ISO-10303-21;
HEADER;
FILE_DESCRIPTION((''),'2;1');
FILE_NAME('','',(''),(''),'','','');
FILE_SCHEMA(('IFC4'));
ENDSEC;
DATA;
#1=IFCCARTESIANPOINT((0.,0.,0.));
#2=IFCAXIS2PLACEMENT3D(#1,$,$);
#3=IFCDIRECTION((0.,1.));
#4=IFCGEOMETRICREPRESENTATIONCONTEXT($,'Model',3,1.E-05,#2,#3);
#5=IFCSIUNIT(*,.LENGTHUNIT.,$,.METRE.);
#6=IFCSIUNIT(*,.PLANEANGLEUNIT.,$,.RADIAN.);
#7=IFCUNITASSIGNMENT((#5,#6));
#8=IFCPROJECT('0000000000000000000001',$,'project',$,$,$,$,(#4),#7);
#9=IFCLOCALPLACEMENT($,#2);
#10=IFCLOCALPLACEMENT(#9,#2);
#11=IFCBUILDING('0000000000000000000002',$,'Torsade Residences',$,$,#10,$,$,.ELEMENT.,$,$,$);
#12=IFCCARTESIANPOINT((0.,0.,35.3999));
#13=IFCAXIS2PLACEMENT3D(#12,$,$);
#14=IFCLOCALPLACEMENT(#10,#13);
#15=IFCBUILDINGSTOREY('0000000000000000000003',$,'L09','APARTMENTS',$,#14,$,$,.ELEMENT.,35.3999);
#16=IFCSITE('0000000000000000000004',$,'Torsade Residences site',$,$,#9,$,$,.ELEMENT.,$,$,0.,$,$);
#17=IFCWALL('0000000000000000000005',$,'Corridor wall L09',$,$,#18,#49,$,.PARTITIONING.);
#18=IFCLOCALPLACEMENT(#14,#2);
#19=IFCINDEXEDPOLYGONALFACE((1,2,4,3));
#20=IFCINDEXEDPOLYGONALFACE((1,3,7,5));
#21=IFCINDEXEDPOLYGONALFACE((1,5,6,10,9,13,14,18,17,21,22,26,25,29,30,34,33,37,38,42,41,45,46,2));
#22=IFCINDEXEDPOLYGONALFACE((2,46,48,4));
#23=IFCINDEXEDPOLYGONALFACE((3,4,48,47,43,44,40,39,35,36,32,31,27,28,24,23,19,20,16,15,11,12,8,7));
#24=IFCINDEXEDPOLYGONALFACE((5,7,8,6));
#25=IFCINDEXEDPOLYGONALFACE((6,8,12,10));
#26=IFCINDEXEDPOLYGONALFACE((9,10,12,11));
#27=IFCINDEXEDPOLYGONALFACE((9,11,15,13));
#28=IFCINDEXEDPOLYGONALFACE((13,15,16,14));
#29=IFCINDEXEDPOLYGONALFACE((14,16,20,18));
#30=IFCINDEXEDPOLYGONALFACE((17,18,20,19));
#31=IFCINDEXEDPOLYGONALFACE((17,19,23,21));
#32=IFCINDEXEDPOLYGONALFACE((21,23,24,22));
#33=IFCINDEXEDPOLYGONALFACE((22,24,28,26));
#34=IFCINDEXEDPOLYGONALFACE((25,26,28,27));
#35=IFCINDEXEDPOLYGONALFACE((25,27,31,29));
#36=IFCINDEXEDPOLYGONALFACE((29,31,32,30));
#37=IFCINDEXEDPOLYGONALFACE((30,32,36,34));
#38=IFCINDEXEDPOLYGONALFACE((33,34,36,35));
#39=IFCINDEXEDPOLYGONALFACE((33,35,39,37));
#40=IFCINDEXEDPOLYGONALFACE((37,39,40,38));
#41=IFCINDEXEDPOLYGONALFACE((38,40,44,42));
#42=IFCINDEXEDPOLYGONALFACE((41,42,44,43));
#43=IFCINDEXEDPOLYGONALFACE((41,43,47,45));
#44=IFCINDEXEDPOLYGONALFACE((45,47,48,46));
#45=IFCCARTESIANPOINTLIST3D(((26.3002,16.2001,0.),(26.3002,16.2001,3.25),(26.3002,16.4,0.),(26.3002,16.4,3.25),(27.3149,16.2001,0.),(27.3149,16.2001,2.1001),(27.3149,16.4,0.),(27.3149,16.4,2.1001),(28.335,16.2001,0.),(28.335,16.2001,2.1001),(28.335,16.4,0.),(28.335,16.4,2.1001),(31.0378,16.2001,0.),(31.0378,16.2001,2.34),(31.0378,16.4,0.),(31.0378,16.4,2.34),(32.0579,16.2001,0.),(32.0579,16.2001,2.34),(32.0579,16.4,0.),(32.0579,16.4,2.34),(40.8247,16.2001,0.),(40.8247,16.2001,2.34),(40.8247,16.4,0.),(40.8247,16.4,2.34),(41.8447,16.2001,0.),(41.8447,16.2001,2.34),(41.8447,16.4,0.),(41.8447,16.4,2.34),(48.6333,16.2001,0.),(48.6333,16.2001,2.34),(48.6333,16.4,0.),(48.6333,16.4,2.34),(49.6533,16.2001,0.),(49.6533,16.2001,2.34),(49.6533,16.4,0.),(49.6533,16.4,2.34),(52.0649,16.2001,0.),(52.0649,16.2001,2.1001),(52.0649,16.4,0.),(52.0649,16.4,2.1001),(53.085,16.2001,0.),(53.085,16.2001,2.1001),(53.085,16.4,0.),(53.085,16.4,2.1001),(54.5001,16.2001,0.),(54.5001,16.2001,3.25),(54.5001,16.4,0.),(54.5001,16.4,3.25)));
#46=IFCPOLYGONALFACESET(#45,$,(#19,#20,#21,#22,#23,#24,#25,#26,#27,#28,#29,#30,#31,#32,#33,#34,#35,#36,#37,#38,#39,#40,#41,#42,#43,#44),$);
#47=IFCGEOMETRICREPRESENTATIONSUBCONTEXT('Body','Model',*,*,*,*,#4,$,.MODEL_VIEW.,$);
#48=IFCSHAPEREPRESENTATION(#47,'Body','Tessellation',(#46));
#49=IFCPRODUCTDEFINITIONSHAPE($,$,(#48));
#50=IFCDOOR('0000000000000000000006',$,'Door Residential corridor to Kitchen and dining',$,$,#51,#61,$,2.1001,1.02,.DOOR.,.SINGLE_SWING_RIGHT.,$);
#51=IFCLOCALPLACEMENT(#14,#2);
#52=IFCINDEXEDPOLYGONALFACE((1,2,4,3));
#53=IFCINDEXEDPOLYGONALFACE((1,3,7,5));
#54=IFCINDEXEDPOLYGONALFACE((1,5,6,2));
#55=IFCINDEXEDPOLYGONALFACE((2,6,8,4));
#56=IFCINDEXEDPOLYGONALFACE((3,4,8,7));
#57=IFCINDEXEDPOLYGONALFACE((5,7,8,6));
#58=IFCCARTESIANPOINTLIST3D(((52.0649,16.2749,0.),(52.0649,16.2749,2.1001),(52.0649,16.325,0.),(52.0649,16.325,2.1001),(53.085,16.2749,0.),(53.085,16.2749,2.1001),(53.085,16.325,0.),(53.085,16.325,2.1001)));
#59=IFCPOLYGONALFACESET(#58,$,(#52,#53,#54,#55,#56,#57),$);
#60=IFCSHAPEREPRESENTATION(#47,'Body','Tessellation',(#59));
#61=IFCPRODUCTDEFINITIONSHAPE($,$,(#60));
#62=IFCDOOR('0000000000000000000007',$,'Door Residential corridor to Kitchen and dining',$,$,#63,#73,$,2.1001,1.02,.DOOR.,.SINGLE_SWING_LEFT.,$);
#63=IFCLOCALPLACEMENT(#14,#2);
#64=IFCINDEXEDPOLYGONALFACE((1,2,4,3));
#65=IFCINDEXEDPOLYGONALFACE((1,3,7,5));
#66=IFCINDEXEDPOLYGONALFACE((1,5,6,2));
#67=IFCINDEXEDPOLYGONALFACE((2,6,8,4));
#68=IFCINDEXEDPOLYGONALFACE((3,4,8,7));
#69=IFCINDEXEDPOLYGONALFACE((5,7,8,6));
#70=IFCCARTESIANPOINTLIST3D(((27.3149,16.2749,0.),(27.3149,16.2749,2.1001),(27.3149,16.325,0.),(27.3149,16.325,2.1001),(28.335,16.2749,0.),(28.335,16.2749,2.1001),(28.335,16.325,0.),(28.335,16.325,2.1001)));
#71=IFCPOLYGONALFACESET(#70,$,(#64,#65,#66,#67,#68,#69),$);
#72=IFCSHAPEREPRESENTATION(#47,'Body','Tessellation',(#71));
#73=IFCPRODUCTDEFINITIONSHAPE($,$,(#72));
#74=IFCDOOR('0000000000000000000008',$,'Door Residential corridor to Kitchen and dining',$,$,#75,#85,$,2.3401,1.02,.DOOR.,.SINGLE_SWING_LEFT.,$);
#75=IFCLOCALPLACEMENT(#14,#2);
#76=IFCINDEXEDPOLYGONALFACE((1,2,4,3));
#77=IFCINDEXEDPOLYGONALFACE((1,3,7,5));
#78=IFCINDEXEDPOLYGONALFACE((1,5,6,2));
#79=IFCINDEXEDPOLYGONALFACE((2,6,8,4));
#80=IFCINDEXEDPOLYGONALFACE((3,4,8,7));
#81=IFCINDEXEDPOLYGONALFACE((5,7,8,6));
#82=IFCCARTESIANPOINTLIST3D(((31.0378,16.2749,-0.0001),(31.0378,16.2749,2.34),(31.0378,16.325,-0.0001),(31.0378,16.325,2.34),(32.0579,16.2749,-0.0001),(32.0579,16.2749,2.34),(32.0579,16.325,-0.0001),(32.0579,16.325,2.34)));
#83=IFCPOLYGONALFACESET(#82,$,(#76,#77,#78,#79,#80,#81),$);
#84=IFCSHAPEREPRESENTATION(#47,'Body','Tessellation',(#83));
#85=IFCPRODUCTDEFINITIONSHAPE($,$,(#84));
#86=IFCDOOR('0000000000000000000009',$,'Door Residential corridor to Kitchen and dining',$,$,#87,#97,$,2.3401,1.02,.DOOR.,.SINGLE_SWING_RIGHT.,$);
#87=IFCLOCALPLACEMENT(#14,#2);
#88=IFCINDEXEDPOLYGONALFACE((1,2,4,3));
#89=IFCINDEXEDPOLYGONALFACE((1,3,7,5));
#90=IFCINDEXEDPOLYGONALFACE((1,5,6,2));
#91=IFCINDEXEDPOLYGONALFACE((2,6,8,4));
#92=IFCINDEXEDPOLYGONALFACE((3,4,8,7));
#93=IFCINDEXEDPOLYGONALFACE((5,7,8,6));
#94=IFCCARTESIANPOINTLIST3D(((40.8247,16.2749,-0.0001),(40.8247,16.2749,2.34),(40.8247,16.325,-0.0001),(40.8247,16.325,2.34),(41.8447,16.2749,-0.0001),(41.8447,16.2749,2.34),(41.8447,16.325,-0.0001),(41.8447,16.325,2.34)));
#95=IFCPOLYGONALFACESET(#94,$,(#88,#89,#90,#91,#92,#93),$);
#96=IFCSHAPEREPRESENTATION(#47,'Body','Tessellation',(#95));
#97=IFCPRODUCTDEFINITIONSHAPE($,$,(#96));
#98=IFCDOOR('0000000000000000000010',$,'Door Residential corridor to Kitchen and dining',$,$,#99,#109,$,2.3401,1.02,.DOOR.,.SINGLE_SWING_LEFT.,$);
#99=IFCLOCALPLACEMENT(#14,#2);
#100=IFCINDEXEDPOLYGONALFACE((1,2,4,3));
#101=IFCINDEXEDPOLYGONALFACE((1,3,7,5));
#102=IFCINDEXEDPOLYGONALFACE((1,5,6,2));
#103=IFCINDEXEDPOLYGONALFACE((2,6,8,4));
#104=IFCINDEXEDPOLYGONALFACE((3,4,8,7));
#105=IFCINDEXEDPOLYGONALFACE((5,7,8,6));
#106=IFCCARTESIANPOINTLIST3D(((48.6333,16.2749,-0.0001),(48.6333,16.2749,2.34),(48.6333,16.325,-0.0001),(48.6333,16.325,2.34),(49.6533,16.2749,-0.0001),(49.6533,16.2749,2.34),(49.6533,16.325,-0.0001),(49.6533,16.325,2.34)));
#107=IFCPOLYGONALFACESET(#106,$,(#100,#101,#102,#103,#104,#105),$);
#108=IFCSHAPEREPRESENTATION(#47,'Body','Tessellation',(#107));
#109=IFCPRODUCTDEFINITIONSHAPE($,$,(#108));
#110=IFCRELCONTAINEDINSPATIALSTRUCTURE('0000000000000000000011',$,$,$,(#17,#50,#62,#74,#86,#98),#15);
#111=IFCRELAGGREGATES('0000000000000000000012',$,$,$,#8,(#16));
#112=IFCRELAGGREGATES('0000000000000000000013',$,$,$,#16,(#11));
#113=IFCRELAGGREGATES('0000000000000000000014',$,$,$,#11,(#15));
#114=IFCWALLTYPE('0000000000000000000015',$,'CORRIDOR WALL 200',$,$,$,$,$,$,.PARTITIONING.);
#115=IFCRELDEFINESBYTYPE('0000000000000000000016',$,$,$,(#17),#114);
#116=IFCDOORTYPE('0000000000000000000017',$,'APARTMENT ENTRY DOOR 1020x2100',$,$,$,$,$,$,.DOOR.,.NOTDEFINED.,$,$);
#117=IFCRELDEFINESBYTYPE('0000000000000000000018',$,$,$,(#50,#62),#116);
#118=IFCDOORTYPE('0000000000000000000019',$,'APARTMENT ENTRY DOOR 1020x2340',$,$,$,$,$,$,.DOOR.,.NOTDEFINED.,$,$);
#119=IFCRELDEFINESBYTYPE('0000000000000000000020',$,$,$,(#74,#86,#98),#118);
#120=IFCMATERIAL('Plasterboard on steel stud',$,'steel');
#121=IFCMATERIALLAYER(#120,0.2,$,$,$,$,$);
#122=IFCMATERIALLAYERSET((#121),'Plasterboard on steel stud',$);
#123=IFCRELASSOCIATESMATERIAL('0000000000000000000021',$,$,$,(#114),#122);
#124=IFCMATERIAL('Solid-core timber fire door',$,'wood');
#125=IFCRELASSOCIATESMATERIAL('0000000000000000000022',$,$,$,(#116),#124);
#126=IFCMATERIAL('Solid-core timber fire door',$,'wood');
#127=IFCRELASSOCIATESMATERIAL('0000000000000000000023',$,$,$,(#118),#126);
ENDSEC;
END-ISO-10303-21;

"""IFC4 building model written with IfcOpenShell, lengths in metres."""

from ifc_helpers import new_model, si_unit, direction, frame, frame_2d, origin, place, context, subcontext, project, spatial, rectangle, extrude, material, layer, layer_set, type_object, element, fill, save


model = new_model("IFC4")

# Units and contexts
model_context = context("Model", 3, precision=1e-05, world=origin(), true_north=direction((0.0, 1.0)))
body_context = subcontext(model_context, "Body", "Model", "MODEL_VIEW")
ifc_project = project(units=[si_unit("LENGTHUNIT", "METRE"), si_unit("PLANEANGLEUNIT", "RADIAN")], contexts=[model_context])

# Site, building, storey
site_placement = place(None, origin())
site = spatial("IfcSite", under=ifc_project, at=site_placement, Name="Torsade Residences site", CompositionType="ELEMENT", RefElevation=0.0)
building_placement = place(site_placement, origin())
building = spatial("IfcBuilding", under=site, at=building_placement, Name="Torsade Residences", CompositionType="ELEMENT")
storey_placement = place(building_placement, frame((0.0, 0.0, 35.3999)))
storey = spatial("IfcBuildingStorey", under=building, at=storey_placement, Name="L09", Description="APARTMENTS", CompositionType="ELEMENT", Elevation=35.3999)

# Wall, openings, doors
ifc_material_1 = material(Name="Plasterboard on steel stud", Category="steel")
ifc_layer_1 = layer(ifc_material_1, 0.2)
ifc_layer_set_1 = layer_set([ifc_layer_1], Name="Plasterboard on steel stud")
wall_type_1 = type_object("IfcWallType", Name="CORRIDOR WALL 200", PredefinedType="PARTITIONING", material=ifc_layer_set_1)
wall_1_placement = place(storey_placement, frame((26.3, 16.3, 0.0), z_axis=(0.0, 0.0, 1.0), x_axis=(1.0, 0.0, 0.0)))
wall_1 = element("IfcWall", 1, at=wall_1_placement, inside=storey, type_object=wall_type_1, Name="Corridor wall L09", PredefinedType="PARTITIONING", context=body_context, shape_type="SweptSolid", body=[
    extrude(rectangle(XDim=28.2, YDim=0.2, at=frame_2d((14.1001, 0.0))), origin(), (0.0, 0.0, 1.0), 3.25),
])
opening_1_placement = place(wall_1_placement, frame((4.7378, 0.0, 0.0)))
opening_1 = element("IfcOpeningElement", 2, at=opening_1_placement, cuts=wall_1, PredefinedType="OPENING", context=body_context, shape_type="SweptSolid", body=[
    extrude(rectangle(XDim=1.02, YDim=2.3401, at=frame_2d((0.51, 1.1699))), frame((0.0, 0.1099, 0.0), z_axis=(0.0, -1.0, 0.0), x_axis=(1.0, 0.0, 0.0)), (0.0, 0.0, 1.0), 0.22),
])
opening_2_placement = place(wall_1_placement, frame((14.5247, 0.0, 0.0)))
opening_2 = element("IfcOpeningElement", 3, at=opening_2_placement, cuts=wall_1, PredefinedType="OPENING", context=body_context, shape_type="SweptSolid", body=[
    extrude(rectangle(XDim=1.02, YDim=2.3401, at=frame_2d((0.51, 1.1699))), frame((0.0, 0.1099, 0.0), z_axis=(0.0, -1.0, 0.0), x_axis=(1.0, 0.0, 0.0)), (0.0, 0.0, 1.0), 0.22),
])
opening_3_placement = place(wall_1_placement, frame((22.3333, 0.0, 0.0)))
opening_3 = element("IfcOpeningElement", 4, at=opening_3_placement, cuts=wall_1, PredefinedType="OPENING", context=body_context, shape_type="SweptSolid", body=[
    extrude(rectangle(XDim=1.02, YDim=2.3401, at=frame_2d((0.51, 1.1699))), frame((0.0, 0.1099, 0.0), z_axis=(0.0, -1.0, 0.0), x_axis=(1.0, 0.0, 0.0)), (0.0, 0.0, 1.0), 0.22),
])
opening_4_placement = place(wall_1_placement, frame((25.7649, 0.0, 0.0)))
opening_4 = element("IfcOpeningElement", 5, at=opening_4_placement, cuts=wall_1, PredefinedType="OPENING", context=body_context, shape_type="SweptSolid", body=[
    extrude(rectangle(XDim=1.02, YDim=2.1001, at=frame_2d((0.51, 1.05))), frame((0.0, 0.1099, 0.0), z_axis=(0.0, -1.0, 0.0), x_axis=(1.0, 0.0, 0.0)), (0.0, 0.0, 1.0), 0.22),
])
opening_5_placement = place(wall_1_placement, frame((1.0149, 0.0, 0.0)))
opening_5 = element("IfcOpeningElement", 6, at=opening_5_placement, cuts=wall_1, PredefinedType="OPENING", context=body_context, shape_type="SweptSolid", body=[
    extrude(rectangle(XDim=1.02, YDim=2.1001, at=frame_2d((0.51, 1.05))), frame((0.0, 0.1099, 0.0), z_axis=(0.0, -1.0, 0.0), x_axis=(1.0, 0.0, 0.0)), (0.0, 0.0, 1.0), 0.22),
])
ifc_material_2 = material(Name="Solid-core timber fire door", Category="wood")
door_type_1 = type_object("IfcDoorType", Name="APARTMENT ENTRY DOOR 1020x2100", OperationType="NOTDEFINED", PredefinedType="DOOR", material=ifc_material_2)
door_1_placement = place(opening_4_placement, origin())
door_1 = element("IfcDoor", 7, at=door_1_placement, inside=storey, type_object=door_type_1, Name="Door Residential corridor to Kitchen and dining", OperationType="SINGLE_SWING_RIGHT", OverallHeight=2.1001, OverallWidth=1.02, PredefinedType="DOOR", context=body_context, shape_type="SweptSolid", body=[
    extrude(rectangle(XDim=1.02, YDim=2.1001, at=frame_2d((0.51, 1.05))), frame((0.0, 0.0249, 0.0), z_axis=(0.0, -1.0, 0.0), x_axis=(1.0, 0.0, 0.0)), (0.0, 0.0, 1.0), 0.05),
])
fill(opening_4, door_1)
door_2_placement = place(opening_5_placement, origin())
door_2 = element("IfcDoor", 8, at=door_2_placement, inside=storey, type_object=door_type_1, Name="Door Residential corridor to Kitchen and dining", OperationType="SINGLE_SWING_LEFT", OverallHeight=2.1001, OverallWidth=1.02, PredefinedType="DOOR", context=body_context, shape_type="SweptSolid", body=[
    extrude(rectangle(XDim=1.02, YDim=2.1001, at=frame_2d((0.51, 1.05))), frame((0.0, 0.0249, 0.0), z_axis=(0.0, -1.0, 0.0), x_axis=(1.0, 0.0, 0.0)), (0.0, 0.0, 1.0), 0.05),
])
fill(opening_5, door_2)
ifc_material_3 = material(Name="Solid-core timber fire door", Category="wood")
door_type_2 = type_object("IfcDoorType", Name="APARTMENT ENTRY DOOR 1020x2340", OperationType="NOTDEFINED", PredefinedType="DOOR", material=ifc_material_3)
door_3_placement = place(opening_1_placement, origin())
door_3 = element("IfcDoor", 9, at=door_3_placement, inside=storey, type_object=door_type_2, Name="Door Residential corridor to Kitchen and dining", OperationType="SINGLE_SWING_LEFT", OverallHeight=2.3401, OverallWidth=1.02, PredefinedType="DOOR", context=body_context, shape_type="SweptSolid", body=[
    extrude(rectangle(XDim=1.02, YDim=2.3401, at=frame_2d((0.51, 1.1699))), frame((0.0, 0.0249, 0.0), z_axis=(0.0, -1.0, 0.0), x_axis=(1.0, 0.0, 0.0)), (0.0, 0.0, 1.0), 0.05),
])
fill(opening_1, door_3)
door_4_placement = place(opening_2_placement, origin())
door_4 = element("IfcDoor", 10, at=door_4_placement, inside=storey, type_object=door_type_2, Name="Door Residential corridor to Kitchen and dining", OperationType="SINGLE_SWING_RIGHT", OverallHeight=2.3401, OverallWidth=1.02, PredefinedType="DOOR", context=body_context, shape_type="SweptSolid", body=[
    extrude(rectangle(XDim=1.02, YDim=2.3401, at=frame_2d((0.51, 1.1699))), frame((0.0, 0.0249, 0.0), z_axis=(0.0, -1.0, 0.0), x_axis=(1.0, 0.0, 0.0)), (0.0, 0.0, 1.0), 0.05),
])
fill(opening_2, door_4)
door_5_placement = place(opening_3_placement, origin())
door_5 = element("IfcDoor", 11, at=door_5_placement, inside=storey, type_object=door_type_2, Name="Door Residential corridor to Kitchen and dining", OperationType="SINGLE_SWING_LEFT", OverallHeight=2.3401, OverallWidth=1.02, PredefinedType="DOOR", context=body_context, shape_type="SweptSolid", body=[
    extrude(rectangle(XDim=1.02, YDim=2.3401, at=frame_2d((0.51, 1.1699))), frame((0.0, 0.0249, 0.0), z_axis=(0.0, -1.0, 0.0), x_axis=(1.0, 0.0, 0.0)), (0.0, 0.0, 1.0), 0.05),
])
fill(opening_3, door_5)

save(model, "model.ifc")
